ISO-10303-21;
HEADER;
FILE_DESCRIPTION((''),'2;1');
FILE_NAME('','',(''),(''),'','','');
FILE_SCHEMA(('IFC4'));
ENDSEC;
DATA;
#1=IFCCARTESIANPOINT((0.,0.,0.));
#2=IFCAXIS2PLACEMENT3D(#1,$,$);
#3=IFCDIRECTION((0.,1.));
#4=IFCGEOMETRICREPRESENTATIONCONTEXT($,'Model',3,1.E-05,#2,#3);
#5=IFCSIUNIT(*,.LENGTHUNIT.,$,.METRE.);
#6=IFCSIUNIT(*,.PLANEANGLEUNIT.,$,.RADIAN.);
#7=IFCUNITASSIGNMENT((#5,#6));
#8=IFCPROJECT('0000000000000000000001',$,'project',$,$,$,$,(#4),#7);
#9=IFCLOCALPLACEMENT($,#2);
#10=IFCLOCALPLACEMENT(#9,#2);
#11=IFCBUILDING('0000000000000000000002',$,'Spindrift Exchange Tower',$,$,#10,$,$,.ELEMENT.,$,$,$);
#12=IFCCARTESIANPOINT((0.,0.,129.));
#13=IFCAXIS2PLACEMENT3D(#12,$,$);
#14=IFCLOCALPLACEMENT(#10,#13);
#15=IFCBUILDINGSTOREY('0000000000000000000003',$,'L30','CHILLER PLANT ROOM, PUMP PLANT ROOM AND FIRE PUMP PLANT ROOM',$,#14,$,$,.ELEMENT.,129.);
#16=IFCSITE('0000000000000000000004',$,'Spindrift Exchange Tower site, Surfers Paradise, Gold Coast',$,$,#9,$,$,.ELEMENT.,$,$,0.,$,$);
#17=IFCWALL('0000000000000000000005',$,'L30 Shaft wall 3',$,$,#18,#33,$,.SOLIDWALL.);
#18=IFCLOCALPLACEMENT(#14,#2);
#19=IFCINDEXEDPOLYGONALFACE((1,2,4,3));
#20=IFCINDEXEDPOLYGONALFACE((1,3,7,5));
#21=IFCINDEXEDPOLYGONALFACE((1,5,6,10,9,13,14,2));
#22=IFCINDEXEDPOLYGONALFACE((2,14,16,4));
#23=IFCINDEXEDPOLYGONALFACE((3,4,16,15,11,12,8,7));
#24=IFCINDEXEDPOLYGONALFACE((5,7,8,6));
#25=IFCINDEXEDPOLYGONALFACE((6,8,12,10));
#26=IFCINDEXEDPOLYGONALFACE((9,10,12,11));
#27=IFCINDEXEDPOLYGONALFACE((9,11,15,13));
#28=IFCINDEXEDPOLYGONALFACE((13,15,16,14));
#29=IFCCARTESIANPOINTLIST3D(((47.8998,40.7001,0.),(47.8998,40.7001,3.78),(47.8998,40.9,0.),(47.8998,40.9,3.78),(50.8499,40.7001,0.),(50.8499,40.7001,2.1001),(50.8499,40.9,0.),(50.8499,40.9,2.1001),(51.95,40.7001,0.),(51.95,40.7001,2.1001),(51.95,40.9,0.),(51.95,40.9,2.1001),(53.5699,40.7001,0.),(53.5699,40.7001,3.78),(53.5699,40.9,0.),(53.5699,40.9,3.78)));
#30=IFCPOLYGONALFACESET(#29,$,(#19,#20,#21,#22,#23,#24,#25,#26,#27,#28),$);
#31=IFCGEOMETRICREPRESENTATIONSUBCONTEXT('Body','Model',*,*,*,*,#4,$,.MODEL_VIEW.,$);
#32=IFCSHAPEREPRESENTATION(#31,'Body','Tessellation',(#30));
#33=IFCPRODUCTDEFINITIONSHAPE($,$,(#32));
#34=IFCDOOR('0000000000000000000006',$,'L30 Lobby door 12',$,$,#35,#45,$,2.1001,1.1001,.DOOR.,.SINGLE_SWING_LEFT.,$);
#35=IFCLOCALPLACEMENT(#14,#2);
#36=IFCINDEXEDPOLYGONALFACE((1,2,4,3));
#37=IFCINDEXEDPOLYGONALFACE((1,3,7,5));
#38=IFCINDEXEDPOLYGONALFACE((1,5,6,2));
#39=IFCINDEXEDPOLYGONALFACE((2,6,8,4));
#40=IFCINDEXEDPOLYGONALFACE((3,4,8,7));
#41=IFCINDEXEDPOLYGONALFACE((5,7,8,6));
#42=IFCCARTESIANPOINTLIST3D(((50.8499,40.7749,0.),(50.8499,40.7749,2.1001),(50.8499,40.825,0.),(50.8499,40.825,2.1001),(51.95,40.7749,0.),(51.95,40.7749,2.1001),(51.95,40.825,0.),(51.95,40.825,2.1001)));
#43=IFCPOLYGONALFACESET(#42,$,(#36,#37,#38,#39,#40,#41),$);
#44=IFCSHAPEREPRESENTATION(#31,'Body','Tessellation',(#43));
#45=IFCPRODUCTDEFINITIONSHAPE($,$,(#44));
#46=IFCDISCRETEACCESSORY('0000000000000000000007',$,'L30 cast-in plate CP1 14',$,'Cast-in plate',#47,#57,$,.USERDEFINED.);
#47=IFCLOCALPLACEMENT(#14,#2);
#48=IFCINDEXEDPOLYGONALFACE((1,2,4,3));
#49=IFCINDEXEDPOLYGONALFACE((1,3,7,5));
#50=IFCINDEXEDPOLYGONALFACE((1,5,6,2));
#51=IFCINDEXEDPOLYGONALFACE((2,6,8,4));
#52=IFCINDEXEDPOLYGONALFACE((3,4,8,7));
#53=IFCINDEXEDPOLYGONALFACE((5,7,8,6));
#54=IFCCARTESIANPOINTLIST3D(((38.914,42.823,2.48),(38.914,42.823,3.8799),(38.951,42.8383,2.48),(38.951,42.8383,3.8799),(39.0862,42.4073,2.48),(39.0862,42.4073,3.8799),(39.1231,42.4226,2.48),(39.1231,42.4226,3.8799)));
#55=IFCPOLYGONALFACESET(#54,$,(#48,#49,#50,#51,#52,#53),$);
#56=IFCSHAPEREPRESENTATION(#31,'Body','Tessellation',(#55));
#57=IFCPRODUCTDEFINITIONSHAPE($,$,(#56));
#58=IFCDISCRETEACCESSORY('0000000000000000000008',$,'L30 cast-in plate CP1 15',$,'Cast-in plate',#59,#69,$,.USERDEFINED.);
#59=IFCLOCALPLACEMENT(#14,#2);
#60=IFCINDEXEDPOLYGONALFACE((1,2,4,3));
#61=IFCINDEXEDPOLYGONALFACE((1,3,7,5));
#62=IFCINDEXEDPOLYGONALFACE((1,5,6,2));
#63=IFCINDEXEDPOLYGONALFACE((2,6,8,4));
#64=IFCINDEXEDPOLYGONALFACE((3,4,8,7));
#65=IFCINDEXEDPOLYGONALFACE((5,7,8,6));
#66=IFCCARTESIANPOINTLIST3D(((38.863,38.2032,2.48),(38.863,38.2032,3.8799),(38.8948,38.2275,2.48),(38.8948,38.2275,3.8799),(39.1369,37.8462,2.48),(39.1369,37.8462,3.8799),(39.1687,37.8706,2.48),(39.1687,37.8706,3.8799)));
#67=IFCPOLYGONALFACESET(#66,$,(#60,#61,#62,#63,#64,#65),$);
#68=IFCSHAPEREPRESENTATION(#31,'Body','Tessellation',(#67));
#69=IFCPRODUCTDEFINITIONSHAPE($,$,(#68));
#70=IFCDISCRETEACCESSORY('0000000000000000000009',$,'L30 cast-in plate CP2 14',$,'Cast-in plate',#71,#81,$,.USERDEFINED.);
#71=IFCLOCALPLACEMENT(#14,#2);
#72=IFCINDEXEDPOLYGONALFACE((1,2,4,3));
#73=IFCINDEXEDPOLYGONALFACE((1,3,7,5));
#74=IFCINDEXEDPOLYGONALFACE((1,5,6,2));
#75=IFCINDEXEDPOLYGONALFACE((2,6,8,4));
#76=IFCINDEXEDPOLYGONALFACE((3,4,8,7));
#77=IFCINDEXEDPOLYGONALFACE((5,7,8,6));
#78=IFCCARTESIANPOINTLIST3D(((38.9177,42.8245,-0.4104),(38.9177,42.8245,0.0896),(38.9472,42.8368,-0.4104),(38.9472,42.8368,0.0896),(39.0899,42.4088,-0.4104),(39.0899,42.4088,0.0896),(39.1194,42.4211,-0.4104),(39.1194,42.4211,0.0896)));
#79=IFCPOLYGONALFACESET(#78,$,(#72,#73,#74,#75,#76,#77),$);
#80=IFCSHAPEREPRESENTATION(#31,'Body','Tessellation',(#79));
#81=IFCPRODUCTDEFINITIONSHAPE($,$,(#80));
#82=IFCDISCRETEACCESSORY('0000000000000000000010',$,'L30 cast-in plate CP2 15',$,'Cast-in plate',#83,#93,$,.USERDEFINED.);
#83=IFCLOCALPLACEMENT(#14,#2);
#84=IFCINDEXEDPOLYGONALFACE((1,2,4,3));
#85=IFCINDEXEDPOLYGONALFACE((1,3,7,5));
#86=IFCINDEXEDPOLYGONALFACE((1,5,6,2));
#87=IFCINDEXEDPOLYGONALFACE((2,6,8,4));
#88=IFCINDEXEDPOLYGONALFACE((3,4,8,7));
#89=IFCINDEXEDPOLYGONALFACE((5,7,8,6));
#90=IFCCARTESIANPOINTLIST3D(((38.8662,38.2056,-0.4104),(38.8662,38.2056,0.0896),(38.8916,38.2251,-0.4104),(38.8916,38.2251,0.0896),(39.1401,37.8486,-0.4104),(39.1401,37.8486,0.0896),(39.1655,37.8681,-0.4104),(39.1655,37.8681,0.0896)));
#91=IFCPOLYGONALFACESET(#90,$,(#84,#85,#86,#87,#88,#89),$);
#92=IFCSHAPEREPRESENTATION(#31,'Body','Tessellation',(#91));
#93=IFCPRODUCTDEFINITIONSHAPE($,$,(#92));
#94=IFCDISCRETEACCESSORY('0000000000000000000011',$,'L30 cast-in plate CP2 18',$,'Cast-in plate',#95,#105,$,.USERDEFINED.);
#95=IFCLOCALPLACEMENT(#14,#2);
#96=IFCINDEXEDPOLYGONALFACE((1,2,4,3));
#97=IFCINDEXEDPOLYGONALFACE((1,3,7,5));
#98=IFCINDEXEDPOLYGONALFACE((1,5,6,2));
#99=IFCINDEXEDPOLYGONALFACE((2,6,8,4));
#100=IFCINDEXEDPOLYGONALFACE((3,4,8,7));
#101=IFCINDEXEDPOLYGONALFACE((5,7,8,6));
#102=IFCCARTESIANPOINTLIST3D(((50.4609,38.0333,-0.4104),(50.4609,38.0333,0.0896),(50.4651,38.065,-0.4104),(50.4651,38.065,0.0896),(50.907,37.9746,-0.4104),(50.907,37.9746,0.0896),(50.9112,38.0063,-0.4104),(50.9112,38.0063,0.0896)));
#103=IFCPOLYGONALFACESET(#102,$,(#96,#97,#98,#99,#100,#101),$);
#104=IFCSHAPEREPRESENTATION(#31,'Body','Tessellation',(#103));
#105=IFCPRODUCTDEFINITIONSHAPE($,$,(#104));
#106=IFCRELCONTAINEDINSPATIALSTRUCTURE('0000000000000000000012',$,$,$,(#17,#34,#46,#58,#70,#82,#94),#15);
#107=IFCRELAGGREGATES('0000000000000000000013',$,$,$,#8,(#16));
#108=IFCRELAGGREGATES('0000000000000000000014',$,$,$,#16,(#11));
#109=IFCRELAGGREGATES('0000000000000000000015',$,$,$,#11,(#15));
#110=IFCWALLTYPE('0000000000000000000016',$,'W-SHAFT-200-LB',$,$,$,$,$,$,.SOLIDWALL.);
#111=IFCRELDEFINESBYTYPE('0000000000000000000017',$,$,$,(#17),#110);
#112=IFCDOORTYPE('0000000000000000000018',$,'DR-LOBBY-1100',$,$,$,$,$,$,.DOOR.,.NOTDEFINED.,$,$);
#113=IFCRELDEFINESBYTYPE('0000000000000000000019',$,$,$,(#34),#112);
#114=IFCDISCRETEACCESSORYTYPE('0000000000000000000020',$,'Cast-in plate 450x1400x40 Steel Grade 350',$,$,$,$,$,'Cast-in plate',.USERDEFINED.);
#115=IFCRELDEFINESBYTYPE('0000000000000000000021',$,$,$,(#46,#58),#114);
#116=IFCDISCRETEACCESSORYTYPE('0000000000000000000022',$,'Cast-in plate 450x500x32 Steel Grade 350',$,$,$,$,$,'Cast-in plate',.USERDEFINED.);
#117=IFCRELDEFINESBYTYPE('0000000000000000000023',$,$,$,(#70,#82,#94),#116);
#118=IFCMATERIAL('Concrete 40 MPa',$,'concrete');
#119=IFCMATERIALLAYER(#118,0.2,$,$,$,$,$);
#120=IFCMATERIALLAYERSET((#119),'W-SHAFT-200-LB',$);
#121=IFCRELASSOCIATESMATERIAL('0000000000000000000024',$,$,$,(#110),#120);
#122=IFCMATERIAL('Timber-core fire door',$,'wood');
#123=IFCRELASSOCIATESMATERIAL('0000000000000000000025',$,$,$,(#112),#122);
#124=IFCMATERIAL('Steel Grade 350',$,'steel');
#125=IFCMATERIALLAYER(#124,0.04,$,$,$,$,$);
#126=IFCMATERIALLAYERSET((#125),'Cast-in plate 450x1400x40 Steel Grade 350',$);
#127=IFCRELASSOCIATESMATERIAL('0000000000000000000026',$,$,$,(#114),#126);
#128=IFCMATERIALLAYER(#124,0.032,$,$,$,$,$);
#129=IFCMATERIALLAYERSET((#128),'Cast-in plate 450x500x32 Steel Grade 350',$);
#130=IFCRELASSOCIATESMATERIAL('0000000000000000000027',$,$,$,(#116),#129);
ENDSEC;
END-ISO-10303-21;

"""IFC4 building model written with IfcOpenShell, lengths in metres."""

from ifc_helpers import new_model, si_unit, direction, frame, frame_2d, origin, origin_2d, place, context, subcontext, project, spatial, rectangle, extrude, source, transform, mapped, material, layer, layer_set, type_object, element, fill, save


model = new_model("IFC4")

# Units and contexts
model_context = context("Model", 3, precision=1e-05, world=origin(), true_north=direction((0.0, 1.0)))
body_context = subcontext(model_context, "Body", "Model", "MODEL_VIEW")
ifc_project = project(units=[si_unit("LENGTHUNIT", "METRE"), si_unit("PLANEANGLEUNIT", "RADIAN")], contexts=[model_context])

# Site, building, storey
site_placement = place(None, origin())
site = spatial("IfcSite", under=ifc_project, at=site_placement, Name="Spindrift Exchange Tower site, Surfers Paradise, Gold Coast", CompositionType="ELEMENT", RefElevation=0.0)
building_placement = place(site_placement, origin())
building = spatial("IfcBuilding", under=site, at=building_placement, Name="Spindrift Exchange Tower", CompositionType="ELEMENT")
storey_placement = place(building_placement, frame((0.0, 0.0, 129.0)))
storey = spatial("IfcBuildingStorey", under=building, at=storey_placement, Name="L30", Description="CHILLER PLANT ROOM, PUMP PLANT ROOM AND FIRE PUMP PLANT ROOM", CompositionType="ELEMENT", Elevation=129.0)

# Shared definitions
ifc_material_1 = material(Name="Concrete 40 MPa", Category="concrete")

# Wall, opening, door
ifc_layer_1 = layer(ifc_material_1, 0.2)
ifc_layer_set_1 = layer_set([ifc_layer_1], Name="W-SHAFT-200-LB")
wall_type_1 = type_object("IfcWallType", Name="W-SHAFT-200-LB", PredefinedType="SOLIDWALL", material=ifc_layer_set_1)
wall_1_placement = place(storey_placement, frame((47.8999, 40.8, 0.0), z_axis=(0.0, 0.0, 1.0), x_axis=(1.0, 0.0, 0.0)))
wall_1 = element("IfcWall", 1, at=wall_1_placement, inside=storey, type_object=wall_type_1, Name="L30 Shaft wall 3", PredefinedType="SOLIDWALL", context=body_context, shape_type="SweptSolid", body=[
    extrude(rectangle(XDim=5.6702, YDim=0.2, at=frame_2d((2.835, 0.0))), origin(), (0.0, 0.0, 1.0), 3.78),
])
opening_1_placement = place(wall_1_placement, frame((2.95, 0.0, 0.0)))
opening_1 = element("IfcOpeningElement", 2, at=opening_1_placement, cuts=wall_1, PredefinedType="OPENING", context=body_context, shape_type="SweptSolid", body=[
    extrude(rectangle(XDim=1.1001, YDim=2.1001, at=frame_2d((0.55, 1.05))), frame((0.0, 0.1099, 0.0), z_axis=(0.0, -1.0, 0.0), x_axis=(1.0, 0.0, 0.0)), (0.0, 0.0, 1.0), 0.22),
])
ifc_material_2 = material(Name="Timber-core fire door", Category="wood")
door_type_1 = type_object("IfcDoorType", Name="DR-LOBBY-1100", OperationType="NOTDEFINED", PredefinedType="DOOR", material=ifc_material_2)
shared_shape_1 = source(origin(), body_context, "Body", "SweptSolid", [
    extrude(rectangle(XDim=1.1001, YDim=2.1001, at=frame_2d((0.55, 1.05))), frame((0.0, 0.0249, 0.0), z_axis=(0.0, -1.0, 0.0), x_axis=(1.0, 0.0, 0.0)), (0.0, 0.0, 1.0), 0.05),
])
door_1_placement = place(opening_1_placement, origin())
door_1 = element("IfcDoor", 3, at=door_1_placement, inside=storey, type_object=door_type_1, Name="L30 Lobby door 12", OperationType="SINGLE_SWING_LEFT", OverallHeight=2.1001, OverallWidth=1.1001, PredefinedType="DOOR", context=body_context, shape_type="MappedRepresentation", body=[
    mapped(shared_shape_1, transform((0.0, 0.0, 0.0), scale=1.0)),
])
fill(opening_1, door_1)

# Discrete accessories
ifc_material_3 = material(Name="Steel Grade 350", Category="steel")
ifc_layer_2 = layer(ifc_material_3, 0.04)
ifc_layer_set_2 = layer_set([ifc_layer_2], Name="Cast-in plate 450x1400x40 Steel Grade 350")
discrete_accessory_type_1 = type_object("IfcDiscreteAccessoryType", Name="Cast-in plate 450x1400x40 Steel Grade 350", ElementType="Cast-in plate", PredefinedType="USERDEFINED", material=ifc_layer_set_2)
shared_shape_2 = source(origin(), body_context, "Body", "SweptSolid", [
    extrude(rectangle(XDim=0.04, YDim=0.45, at=origin_2d()), origin(), (0.0, 0.0, 1.0), 1.3999),
])
for number, where, z_axis, x_axis, name in (
    (4, (39.0186, 42.6228, 2.48), (0.0, 0.0, 1.0), (-0.92388, -0.382683, 0.0), "L30 cast-in plate CP1 14"),
    (5, (39.0159, 38.0369, 2.48), (0.0, 0.0, 1.0), (-0.793353, -0.608761, 0.0), "L30 cast-in plate CP1 15"),
):
    element("IfcDiscreteAccessory", number, at=place(storey_placement, frame(where, z_axis=z_axis, x_axis=x_axis)), inside=storey, type_object=discrete_accessory_type_1, Name=name, ObjectType="Cast-in plate", PredefinedType="USERDEFINED", context=body_context, shape_type="MappedRepresentation", body=[
        mapped(shared_shape_2, transform((0.0, 0.0, 0.0), scale=1.0)),
    ])
ifc_layer_3 = layer(ifc_material_3, 0.032)
ifc_layer_set_3 = layer_set([ifc_layer_3], Name="Cast-in plate 450x500x32 Steel Grade 350")
discrete_accessory_type_2 = type_object("IfcDiscreteAccessoryType", Name="Cast-in plate 450x500x32 Steel Grade 350", ElementType="Cast-in plate", PredefinedType="USERDEFINED", material=ifc_layer_set_3)
shared_shape_3 = source(origin(), body_context, "Body", "SweptSolid", [
    extrude(rectangle(XDim=0.032, YDim=0.45, at=origin_2d()), origin(), (0.0, 0.0, 1.0), 0.5),
])
for number, where, z_axis, x_axis, name in (
    (6, (39.0186, 42.6228, -0.4104), (0.0, 0.0, 1.0), (-0.92388, -0.382683, 0.0), "L30 cast-in plate CP2 14"),
    (7, (39.0159, 38.0369, -0.4104), (0.0, 0.0, 1.0), (-0.793353, -0.608761, 0.0), "L30 cast-in plate CP2 15"),
    (8, (50.686, 38.0198, -0.4104), (0.0, 0.0, 1.0), (-0.130526, -0.991445, 0.0), "L30 cast-in plate CP2 18"),
):
    element("IfcDiscreteAccessory", number, at=place(storey_placement, frame(where, z_axis=z_axis, x_axis=x_axis)), inside=storey, type_object=discrete_accessory_type_2, Name=name, ObjectType="Cast-in plate", PredefinedType="USERDEFINED", context=body_context, shape_type="MappedRepresentation", body=[
        mapped(shared_shape_3, transform((0.0, 0.0, 0.0), scale=1.0)),
    ])

save(model, "model.ifc")
